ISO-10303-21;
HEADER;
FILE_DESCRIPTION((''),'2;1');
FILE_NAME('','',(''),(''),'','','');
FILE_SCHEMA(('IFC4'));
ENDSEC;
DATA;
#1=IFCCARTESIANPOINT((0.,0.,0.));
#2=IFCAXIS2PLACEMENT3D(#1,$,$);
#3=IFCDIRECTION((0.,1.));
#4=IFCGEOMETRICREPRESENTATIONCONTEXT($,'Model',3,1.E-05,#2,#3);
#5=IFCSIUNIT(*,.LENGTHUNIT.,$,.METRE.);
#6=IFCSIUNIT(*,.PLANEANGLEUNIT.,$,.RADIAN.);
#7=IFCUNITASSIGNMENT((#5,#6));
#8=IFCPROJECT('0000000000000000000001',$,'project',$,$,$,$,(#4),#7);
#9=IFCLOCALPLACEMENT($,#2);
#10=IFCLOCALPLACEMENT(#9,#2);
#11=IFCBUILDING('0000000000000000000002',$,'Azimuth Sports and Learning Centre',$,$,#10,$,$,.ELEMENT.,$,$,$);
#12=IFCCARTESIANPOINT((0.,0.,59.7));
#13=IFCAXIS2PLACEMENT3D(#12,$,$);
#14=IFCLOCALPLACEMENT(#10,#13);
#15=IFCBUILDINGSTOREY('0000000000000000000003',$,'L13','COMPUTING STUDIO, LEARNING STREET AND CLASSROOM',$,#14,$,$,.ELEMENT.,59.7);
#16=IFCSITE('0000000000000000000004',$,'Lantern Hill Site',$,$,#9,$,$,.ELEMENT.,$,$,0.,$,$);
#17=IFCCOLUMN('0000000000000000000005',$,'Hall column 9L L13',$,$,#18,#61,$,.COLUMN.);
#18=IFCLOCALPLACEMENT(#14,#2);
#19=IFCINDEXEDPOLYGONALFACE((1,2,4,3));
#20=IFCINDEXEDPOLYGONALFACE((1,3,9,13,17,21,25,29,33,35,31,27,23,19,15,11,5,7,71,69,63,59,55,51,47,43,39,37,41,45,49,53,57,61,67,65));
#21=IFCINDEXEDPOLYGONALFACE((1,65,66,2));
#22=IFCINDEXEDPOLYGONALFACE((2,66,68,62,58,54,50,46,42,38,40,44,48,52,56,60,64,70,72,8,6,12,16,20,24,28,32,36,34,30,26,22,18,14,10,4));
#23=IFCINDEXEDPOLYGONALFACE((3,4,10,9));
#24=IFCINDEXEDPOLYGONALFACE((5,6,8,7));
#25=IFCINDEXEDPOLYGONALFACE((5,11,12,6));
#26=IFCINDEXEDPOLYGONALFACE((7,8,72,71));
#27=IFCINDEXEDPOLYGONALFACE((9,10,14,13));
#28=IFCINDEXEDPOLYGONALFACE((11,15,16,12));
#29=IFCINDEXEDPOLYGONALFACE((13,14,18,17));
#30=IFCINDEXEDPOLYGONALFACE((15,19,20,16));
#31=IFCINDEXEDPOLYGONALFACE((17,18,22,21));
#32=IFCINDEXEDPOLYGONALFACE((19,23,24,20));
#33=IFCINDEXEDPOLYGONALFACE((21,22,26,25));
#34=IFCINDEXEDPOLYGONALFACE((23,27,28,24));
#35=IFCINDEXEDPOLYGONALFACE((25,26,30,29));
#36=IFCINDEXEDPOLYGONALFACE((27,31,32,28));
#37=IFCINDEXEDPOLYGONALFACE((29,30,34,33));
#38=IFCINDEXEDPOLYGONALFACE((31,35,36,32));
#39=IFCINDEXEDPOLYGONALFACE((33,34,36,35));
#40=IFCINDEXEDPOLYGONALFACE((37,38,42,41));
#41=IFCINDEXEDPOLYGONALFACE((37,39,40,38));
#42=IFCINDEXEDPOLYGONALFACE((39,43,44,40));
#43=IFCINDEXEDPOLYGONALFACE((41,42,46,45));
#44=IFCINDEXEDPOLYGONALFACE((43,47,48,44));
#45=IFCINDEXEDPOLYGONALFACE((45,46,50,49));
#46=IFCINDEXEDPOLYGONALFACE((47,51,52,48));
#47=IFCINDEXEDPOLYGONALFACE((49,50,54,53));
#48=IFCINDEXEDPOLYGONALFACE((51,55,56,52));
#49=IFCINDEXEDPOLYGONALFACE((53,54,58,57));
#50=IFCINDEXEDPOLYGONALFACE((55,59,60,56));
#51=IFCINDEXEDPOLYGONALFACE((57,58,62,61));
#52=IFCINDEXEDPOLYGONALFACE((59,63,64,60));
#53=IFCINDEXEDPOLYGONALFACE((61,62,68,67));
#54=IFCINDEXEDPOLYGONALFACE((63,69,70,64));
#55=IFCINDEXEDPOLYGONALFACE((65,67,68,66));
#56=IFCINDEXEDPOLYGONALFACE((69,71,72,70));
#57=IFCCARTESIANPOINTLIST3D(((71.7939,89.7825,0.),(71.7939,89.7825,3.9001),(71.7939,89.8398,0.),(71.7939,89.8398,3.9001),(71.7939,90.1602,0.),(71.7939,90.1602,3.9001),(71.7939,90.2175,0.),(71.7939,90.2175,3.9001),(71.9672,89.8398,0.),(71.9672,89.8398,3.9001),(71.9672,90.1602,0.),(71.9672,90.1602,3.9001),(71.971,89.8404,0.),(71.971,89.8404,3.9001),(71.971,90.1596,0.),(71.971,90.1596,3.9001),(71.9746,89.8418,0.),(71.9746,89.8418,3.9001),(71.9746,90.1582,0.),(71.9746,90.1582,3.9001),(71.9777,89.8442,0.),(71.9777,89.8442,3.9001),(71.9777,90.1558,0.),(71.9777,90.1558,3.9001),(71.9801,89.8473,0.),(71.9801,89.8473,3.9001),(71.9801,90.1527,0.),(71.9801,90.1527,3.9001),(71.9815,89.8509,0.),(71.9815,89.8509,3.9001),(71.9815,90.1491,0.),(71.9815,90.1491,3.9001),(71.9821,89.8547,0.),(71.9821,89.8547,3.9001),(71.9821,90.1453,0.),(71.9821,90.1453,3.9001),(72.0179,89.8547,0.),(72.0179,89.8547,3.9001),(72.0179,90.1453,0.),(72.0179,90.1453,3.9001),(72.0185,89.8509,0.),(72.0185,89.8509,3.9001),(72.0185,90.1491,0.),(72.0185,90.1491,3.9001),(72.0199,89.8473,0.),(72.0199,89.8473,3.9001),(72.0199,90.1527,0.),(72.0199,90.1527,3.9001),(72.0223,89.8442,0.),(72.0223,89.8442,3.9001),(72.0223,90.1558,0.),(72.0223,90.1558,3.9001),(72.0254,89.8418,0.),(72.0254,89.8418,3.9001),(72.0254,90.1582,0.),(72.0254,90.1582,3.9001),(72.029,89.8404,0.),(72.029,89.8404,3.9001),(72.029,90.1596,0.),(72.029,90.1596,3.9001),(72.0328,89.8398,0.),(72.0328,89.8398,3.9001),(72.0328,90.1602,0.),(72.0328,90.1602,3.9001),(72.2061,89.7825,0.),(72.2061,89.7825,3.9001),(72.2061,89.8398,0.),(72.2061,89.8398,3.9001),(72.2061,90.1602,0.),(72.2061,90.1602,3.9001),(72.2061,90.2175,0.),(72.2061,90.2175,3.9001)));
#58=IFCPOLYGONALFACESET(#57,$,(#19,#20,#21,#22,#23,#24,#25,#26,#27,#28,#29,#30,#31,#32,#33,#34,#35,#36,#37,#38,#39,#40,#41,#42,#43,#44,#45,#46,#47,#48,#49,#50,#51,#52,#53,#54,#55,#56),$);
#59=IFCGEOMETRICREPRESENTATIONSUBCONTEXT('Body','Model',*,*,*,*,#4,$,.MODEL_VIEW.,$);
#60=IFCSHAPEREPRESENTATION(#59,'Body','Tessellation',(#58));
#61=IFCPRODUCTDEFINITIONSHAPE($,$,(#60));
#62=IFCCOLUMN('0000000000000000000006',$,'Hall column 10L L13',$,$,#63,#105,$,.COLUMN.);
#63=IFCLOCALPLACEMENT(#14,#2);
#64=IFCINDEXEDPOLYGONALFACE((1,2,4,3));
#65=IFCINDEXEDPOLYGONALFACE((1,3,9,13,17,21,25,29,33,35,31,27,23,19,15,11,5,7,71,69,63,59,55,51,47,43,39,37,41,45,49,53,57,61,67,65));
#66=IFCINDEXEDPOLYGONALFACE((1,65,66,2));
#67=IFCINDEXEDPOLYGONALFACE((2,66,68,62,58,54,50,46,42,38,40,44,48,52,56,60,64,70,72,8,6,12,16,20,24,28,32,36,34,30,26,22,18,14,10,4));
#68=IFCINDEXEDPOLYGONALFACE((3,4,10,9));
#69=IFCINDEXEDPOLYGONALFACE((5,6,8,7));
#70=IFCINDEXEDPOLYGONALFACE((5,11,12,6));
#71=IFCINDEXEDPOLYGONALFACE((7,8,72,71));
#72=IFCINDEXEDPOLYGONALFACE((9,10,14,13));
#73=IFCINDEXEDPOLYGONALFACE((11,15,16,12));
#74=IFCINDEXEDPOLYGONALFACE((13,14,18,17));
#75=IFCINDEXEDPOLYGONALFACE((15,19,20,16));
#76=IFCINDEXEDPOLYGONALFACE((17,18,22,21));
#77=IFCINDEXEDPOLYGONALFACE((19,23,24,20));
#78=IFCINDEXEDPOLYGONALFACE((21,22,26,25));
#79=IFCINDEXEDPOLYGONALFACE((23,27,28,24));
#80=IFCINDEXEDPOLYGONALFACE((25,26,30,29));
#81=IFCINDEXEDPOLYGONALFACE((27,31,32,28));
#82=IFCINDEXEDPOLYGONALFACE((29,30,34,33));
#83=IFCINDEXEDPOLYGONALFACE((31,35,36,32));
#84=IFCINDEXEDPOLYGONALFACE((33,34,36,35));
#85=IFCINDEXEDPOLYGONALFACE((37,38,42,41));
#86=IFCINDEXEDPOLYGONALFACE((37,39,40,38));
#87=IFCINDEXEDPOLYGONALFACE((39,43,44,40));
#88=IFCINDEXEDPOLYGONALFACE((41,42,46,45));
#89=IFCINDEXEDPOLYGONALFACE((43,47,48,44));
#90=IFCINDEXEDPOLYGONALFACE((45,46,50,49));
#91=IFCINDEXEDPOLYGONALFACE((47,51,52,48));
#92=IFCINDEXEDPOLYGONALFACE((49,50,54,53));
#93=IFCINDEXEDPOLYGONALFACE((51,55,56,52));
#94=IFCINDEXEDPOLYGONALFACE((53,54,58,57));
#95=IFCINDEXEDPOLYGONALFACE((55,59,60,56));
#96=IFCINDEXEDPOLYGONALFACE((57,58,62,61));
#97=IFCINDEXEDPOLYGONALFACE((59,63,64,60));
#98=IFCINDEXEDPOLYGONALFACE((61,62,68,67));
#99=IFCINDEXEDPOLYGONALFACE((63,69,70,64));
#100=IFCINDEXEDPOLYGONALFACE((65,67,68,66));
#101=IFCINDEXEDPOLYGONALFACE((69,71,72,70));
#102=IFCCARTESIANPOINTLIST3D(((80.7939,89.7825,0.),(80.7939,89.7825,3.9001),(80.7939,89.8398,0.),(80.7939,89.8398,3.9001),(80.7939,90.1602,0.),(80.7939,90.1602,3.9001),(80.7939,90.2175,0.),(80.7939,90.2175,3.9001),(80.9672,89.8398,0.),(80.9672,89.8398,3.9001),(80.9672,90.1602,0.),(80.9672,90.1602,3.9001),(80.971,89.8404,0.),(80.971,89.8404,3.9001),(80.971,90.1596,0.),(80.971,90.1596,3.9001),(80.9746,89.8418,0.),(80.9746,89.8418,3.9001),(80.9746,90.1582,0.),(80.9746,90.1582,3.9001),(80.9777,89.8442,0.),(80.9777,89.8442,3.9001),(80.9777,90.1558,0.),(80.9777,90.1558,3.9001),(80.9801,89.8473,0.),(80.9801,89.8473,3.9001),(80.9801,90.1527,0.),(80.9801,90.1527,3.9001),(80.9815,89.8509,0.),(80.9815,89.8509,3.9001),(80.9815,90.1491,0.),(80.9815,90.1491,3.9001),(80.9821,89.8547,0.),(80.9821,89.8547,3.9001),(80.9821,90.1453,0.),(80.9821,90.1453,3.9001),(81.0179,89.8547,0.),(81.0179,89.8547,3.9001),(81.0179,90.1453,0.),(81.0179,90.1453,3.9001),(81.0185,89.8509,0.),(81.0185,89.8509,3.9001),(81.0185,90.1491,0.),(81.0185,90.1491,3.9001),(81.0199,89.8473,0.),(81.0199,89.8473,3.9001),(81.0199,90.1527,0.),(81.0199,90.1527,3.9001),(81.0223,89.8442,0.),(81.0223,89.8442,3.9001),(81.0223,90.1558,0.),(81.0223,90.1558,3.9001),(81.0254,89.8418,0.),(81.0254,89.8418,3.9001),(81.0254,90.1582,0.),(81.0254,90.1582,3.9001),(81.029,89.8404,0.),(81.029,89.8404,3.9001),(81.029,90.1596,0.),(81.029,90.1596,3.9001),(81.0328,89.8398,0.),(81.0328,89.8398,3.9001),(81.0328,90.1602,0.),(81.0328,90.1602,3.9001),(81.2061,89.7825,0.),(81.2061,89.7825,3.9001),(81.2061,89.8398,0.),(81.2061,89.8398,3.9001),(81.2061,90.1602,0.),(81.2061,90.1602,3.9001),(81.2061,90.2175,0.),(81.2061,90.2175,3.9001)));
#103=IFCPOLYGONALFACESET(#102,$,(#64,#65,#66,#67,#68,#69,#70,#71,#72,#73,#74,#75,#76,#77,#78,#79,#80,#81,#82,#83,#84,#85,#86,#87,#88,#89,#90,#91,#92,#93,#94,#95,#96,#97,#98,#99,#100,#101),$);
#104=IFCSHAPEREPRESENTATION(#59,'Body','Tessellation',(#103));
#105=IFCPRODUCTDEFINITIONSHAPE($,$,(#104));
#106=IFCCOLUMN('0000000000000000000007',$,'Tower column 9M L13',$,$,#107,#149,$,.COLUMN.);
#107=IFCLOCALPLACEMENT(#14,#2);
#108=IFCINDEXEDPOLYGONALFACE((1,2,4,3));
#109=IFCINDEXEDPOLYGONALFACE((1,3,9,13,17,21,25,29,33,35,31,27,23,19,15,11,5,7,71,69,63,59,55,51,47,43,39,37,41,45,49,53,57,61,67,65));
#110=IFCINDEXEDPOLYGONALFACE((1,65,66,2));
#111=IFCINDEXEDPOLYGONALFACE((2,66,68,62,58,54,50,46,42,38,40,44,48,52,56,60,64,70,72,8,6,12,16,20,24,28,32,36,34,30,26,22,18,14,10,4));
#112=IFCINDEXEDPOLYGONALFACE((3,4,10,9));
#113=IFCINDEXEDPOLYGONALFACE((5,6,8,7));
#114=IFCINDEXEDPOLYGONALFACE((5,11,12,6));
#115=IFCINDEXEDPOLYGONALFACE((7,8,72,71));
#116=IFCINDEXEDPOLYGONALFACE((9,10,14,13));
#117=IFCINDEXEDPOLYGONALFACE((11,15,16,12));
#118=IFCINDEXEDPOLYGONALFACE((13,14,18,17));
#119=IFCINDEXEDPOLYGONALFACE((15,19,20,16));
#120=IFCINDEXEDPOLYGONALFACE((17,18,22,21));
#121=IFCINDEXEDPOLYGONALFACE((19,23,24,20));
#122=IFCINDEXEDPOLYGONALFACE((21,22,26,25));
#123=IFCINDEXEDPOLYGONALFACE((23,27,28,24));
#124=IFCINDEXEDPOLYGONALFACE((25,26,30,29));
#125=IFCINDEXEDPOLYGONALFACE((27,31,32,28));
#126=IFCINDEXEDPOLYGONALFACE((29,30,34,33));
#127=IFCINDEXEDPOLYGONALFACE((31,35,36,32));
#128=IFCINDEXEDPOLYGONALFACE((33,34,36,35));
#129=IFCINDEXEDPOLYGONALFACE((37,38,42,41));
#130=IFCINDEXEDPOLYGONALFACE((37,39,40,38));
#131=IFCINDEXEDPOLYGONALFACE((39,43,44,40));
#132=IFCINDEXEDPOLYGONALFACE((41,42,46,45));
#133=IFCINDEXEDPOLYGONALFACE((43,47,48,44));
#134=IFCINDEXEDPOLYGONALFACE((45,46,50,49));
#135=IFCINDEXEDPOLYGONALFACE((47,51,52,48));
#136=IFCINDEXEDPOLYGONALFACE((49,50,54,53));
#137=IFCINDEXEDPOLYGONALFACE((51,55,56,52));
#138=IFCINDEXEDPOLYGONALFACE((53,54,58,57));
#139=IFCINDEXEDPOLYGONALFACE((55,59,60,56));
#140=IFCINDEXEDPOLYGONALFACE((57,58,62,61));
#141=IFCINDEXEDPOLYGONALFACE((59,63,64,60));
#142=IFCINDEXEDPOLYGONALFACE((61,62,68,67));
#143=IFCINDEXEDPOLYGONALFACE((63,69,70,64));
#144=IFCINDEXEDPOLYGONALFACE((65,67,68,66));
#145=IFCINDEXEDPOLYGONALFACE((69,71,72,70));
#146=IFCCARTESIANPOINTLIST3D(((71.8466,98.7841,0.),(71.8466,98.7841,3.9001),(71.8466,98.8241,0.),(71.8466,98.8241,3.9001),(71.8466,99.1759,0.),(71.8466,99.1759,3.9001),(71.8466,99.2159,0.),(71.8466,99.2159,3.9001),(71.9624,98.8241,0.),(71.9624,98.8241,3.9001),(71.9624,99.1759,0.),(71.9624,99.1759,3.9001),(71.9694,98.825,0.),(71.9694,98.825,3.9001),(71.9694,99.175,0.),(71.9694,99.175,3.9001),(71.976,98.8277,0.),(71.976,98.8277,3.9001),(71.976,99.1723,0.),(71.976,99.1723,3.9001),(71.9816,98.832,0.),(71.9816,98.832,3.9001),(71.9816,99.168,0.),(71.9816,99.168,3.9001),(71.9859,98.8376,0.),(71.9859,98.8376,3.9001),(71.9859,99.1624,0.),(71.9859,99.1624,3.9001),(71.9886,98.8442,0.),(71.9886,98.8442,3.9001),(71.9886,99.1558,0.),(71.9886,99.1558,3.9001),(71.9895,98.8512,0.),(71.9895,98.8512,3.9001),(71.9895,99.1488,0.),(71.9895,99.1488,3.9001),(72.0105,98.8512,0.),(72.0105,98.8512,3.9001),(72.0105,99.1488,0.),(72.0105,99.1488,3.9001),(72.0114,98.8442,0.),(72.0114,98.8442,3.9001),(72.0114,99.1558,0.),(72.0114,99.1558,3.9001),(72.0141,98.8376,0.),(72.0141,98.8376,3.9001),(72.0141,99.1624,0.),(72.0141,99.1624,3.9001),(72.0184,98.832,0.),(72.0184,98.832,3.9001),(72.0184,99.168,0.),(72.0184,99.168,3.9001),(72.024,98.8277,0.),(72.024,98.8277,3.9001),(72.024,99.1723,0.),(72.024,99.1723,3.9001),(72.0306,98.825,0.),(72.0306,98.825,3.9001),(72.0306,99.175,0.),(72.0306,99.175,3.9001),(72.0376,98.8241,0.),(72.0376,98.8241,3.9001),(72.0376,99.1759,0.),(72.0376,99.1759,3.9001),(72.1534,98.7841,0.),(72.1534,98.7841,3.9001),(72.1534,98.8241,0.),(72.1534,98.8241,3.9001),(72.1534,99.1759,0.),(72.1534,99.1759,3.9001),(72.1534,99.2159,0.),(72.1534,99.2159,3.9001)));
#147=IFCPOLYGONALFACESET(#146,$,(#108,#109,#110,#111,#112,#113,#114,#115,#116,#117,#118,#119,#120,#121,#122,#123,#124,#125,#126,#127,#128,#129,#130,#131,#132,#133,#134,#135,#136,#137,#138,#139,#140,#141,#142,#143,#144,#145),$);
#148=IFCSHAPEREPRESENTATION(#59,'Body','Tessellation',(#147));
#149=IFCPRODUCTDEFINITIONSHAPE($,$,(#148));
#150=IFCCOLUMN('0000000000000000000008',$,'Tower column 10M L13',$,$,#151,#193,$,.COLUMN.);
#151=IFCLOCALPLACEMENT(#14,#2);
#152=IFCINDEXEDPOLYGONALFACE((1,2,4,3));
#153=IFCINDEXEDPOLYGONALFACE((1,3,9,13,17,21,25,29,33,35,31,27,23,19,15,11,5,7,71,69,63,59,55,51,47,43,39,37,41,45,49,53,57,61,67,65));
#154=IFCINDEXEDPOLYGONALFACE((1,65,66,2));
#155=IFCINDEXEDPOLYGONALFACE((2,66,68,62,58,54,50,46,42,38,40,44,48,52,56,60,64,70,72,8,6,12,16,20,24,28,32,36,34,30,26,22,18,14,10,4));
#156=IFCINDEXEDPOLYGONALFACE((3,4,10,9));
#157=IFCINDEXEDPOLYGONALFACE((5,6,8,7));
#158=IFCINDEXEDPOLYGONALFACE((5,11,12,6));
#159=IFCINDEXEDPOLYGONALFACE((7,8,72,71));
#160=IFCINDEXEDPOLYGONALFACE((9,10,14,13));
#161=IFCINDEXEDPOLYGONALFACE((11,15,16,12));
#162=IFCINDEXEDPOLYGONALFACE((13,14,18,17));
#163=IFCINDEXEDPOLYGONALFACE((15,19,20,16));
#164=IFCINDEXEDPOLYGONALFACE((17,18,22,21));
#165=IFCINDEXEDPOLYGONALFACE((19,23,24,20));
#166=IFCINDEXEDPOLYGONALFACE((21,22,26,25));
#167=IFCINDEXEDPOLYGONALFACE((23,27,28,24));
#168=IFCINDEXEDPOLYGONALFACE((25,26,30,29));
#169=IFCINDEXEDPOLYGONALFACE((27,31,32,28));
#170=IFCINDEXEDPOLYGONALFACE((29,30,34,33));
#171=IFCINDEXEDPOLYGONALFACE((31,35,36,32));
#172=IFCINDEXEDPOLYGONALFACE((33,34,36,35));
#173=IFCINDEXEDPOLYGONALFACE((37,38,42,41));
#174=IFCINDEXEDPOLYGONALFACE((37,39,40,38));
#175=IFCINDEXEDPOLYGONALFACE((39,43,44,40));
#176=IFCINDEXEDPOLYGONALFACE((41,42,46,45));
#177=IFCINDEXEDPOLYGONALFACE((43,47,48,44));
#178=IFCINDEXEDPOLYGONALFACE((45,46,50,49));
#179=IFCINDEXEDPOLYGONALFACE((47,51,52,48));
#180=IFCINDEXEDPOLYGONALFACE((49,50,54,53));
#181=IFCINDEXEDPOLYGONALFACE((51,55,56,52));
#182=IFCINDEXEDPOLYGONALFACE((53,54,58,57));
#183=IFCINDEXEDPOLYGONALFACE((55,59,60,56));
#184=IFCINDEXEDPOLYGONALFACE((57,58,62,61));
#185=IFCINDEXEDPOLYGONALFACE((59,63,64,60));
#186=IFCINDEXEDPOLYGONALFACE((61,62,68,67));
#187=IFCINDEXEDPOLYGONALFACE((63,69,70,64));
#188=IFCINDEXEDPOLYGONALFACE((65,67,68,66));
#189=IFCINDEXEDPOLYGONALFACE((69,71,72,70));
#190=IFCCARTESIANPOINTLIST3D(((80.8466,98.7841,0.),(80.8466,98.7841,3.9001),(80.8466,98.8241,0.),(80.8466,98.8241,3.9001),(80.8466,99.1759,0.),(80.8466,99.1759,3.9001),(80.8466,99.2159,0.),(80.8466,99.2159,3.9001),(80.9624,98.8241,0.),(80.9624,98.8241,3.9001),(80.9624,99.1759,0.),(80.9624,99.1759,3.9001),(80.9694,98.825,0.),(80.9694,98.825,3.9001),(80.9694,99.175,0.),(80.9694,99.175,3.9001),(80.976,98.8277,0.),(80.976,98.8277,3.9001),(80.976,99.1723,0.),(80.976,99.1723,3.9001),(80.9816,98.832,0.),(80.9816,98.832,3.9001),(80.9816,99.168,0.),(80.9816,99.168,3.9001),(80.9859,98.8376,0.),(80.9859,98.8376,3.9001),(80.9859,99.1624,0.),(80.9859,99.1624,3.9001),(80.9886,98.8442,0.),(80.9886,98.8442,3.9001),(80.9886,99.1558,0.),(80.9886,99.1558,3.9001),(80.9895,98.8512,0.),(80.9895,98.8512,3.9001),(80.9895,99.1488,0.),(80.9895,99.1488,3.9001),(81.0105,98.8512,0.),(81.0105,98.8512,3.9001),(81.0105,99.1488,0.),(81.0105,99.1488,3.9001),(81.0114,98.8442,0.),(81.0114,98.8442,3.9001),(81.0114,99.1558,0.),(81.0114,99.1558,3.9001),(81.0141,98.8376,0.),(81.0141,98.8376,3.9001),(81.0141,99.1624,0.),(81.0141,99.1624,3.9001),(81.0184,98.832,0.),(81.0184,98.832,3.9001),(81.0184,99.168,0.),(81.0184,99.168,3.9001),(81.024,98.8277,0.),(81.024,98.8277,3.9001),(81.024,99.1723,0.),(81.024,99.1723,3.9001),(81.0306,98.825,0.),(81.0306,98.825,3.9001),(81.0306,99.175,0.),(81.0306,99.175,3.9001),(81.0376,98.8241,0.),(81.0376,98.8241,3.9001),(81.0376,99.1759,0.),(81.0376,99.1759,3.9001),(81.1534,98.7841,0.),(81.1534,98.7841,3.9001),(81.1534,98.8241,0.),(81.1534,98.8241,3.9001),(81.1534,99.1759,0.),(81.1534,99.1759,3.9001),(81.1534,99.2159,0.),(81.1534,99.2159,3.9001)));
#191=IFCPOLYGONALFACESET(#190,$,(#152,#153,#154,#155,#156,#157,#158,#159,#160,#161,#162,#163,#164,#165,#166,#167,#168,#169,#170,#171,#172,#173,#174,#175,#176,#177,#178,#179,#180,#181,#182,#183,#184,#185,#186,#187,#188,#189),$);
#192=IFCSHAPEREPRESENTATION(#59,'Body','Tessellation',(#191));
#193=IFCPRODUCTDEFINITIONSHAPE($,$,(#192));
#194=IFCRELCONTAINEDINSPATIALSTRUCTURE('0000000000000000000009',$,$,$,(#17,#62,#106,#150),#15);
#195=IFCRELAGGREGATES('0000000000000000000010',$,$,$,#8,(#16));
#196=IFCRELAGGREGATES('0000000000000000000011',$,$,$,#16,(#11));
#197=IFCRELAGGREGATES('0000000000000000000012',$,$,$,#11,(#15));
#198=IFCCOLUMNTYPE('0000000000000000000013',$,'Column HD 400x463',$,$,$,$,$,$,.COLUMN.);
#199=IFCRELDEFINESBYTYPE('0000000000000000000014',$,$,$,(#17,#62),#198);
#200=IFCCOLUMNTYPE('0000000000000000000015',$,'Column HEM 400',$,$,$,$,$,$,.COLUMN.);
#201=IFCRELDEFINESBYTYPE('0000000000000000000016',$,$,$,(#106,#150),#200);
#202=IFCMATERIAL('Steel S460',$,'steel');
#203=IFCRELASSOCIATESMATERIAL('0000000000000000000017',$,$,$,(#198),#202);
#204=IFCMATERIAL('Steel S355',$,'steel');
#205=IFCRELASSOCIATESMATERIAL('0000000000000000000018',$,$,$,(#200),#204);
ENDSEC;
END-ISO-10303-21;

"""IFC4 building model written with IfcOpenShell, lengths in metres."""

from ifc_helpers import new_model, si_unit, direction, frame, origin, origin_2d, place, context, subcontext, project, spatial, i_section, extrude, material, material_profile, profile_set, type_object, element, save


model = new_model("IFC4")

# Units and contexts
model_context = context("Model", 3, precision=1e-05, world=origin(), true_north=direction((0.0, 1.0)))
body_context = subcontext(model_context, "Body", "Model", "MODEL_VIEW")
ifc_project = project(units=[si_unit("LENGTHUNIT", "METRE"), si_unit("PLANEANGLEUNIT", "RADIAN")], contexts=[model_context])

# Site, building, storey
site_placement = place(None, origin())
site = spatial("IfcSite", under=ifc_project, at=site_placement, Name="Lantern Hill Site", CompositionType="ELEMENT", RefElevation=0.0)
building_placement = place(site_placement, origin())
building = spatial("IfcBuilding", under=site, at=building_placement, Name="Azimuth Sports and Learning Centre", CompositionType="ELEMENT")
storey_placement = place(building_placement, frame((0.0, 0.0, 59.7)))
storey = spatial("IfcBuildingStorey", under=building, at=storey_placement, Name="L13", Description="COMPUTING STUDIO, LEARNING STREET AND CLASSROOM", CompositionType="ELEMENT", Elevation=59.7)

# Columns
ifc_material_1 = material(Name="Steel S460", Category="steel")
ifc_material_profile_1 = material_profile(ifc_material_1, i_section(OverallWidth=0.4121, OverallDepth=0.4351, WebThickness=0.0359, FlangeThickness=0.0574, FilletRadius=0.0149, at=origin_2d()), Name="HD 400x463")
ifc_profile_set_1 = profile_set([ifc_material_profile_1], Name="Steel S460")
column_type_1 = type_object("IfcColumnType", Name="Column HD 400x463", PredefinedType="COLUMN", material=ifc_profile_set_1)
for number, where, z_axis, x_axis, name in (
    (1, (72.0, 90.0, 0.0), (0.0, 0.0, 1.0), (1.0, 0.0, 0.0), "Hall column 9L L13"),
    (2, (81.0, 90.0, 0.0), (0.0, 0.0, 1.0), (1.0, 0.0, 0.0), "Hall column 10L L13"),
):
    element("IfcColumn", number, at=place(storey_placement, frame(where, z_axis=z_axis, x_axis=x_axis)), inside=storey, type_object=column_type_1, Name=name, PredefinedType="COLUMN", context=body_context, shape_type="SweptSolid", body=[
        extrude(i_section(OverallWidth=0.4121, OverallDepth=0.4351, WebThickness=0.0359, FlangeThickness=0.0574, FilletRadius=0.0149, at=origin_2d()), origin(), (0.0, 0.0, 1.0), 3.9001),
    ])
ifc_material_2 = material(Name="Steel S355", Category="steel")
ifc_material_profile_2 = material_profile(ifc_material_2, i_section(OverallWidth=0.3069, OverallDepth=0.4319, WebThickness=0.021, FlangeThickness=0.04, FilletRadius=0.0271, at=origin_2d()), Name="HEM 400")
ifc_profile_set_2 = profile_set([ifc_material_profile_2], Name="Steel S355")
column_type_2 = type_object("IfcColumnType", Name="Column HEM 400", PredefinedType="COLUMN", material=ifc_profile_set_2)
for number, where, z_axis, x_axis, name in (
    (3, (72.0, 99.0, 0.0), (0.0, 0.0, 1.0), (1.0, 0.0, 0.0), "Tower column 9M L13"),
    (4, (81.0, 99.0, 0.0), (0.0, 0.0, 1.0), (1.0, 0.0, 0.0), "Tower column 10M L13"),
):
    element("IfcColumn", number, at=place(storey_placement, frame(where, z_axis=z_axis, x_axis=x_axis)), inside=storey, type_object=column_type_2, Name=name, PredefinedType="COLUMN", context=body_context, shape_type="SweptSolid", body=[
        extrude(i_section(OverallWidth=0.3069, OverallDepth=0.4319, WebThickness=0.021, FlangeThickness=0.04, FilletRadius=0.0271, at=origin_2d()), origin(), (0.0, 0.0, 1.0), 3.9001),
    ])

save(model, "model.ifc")
